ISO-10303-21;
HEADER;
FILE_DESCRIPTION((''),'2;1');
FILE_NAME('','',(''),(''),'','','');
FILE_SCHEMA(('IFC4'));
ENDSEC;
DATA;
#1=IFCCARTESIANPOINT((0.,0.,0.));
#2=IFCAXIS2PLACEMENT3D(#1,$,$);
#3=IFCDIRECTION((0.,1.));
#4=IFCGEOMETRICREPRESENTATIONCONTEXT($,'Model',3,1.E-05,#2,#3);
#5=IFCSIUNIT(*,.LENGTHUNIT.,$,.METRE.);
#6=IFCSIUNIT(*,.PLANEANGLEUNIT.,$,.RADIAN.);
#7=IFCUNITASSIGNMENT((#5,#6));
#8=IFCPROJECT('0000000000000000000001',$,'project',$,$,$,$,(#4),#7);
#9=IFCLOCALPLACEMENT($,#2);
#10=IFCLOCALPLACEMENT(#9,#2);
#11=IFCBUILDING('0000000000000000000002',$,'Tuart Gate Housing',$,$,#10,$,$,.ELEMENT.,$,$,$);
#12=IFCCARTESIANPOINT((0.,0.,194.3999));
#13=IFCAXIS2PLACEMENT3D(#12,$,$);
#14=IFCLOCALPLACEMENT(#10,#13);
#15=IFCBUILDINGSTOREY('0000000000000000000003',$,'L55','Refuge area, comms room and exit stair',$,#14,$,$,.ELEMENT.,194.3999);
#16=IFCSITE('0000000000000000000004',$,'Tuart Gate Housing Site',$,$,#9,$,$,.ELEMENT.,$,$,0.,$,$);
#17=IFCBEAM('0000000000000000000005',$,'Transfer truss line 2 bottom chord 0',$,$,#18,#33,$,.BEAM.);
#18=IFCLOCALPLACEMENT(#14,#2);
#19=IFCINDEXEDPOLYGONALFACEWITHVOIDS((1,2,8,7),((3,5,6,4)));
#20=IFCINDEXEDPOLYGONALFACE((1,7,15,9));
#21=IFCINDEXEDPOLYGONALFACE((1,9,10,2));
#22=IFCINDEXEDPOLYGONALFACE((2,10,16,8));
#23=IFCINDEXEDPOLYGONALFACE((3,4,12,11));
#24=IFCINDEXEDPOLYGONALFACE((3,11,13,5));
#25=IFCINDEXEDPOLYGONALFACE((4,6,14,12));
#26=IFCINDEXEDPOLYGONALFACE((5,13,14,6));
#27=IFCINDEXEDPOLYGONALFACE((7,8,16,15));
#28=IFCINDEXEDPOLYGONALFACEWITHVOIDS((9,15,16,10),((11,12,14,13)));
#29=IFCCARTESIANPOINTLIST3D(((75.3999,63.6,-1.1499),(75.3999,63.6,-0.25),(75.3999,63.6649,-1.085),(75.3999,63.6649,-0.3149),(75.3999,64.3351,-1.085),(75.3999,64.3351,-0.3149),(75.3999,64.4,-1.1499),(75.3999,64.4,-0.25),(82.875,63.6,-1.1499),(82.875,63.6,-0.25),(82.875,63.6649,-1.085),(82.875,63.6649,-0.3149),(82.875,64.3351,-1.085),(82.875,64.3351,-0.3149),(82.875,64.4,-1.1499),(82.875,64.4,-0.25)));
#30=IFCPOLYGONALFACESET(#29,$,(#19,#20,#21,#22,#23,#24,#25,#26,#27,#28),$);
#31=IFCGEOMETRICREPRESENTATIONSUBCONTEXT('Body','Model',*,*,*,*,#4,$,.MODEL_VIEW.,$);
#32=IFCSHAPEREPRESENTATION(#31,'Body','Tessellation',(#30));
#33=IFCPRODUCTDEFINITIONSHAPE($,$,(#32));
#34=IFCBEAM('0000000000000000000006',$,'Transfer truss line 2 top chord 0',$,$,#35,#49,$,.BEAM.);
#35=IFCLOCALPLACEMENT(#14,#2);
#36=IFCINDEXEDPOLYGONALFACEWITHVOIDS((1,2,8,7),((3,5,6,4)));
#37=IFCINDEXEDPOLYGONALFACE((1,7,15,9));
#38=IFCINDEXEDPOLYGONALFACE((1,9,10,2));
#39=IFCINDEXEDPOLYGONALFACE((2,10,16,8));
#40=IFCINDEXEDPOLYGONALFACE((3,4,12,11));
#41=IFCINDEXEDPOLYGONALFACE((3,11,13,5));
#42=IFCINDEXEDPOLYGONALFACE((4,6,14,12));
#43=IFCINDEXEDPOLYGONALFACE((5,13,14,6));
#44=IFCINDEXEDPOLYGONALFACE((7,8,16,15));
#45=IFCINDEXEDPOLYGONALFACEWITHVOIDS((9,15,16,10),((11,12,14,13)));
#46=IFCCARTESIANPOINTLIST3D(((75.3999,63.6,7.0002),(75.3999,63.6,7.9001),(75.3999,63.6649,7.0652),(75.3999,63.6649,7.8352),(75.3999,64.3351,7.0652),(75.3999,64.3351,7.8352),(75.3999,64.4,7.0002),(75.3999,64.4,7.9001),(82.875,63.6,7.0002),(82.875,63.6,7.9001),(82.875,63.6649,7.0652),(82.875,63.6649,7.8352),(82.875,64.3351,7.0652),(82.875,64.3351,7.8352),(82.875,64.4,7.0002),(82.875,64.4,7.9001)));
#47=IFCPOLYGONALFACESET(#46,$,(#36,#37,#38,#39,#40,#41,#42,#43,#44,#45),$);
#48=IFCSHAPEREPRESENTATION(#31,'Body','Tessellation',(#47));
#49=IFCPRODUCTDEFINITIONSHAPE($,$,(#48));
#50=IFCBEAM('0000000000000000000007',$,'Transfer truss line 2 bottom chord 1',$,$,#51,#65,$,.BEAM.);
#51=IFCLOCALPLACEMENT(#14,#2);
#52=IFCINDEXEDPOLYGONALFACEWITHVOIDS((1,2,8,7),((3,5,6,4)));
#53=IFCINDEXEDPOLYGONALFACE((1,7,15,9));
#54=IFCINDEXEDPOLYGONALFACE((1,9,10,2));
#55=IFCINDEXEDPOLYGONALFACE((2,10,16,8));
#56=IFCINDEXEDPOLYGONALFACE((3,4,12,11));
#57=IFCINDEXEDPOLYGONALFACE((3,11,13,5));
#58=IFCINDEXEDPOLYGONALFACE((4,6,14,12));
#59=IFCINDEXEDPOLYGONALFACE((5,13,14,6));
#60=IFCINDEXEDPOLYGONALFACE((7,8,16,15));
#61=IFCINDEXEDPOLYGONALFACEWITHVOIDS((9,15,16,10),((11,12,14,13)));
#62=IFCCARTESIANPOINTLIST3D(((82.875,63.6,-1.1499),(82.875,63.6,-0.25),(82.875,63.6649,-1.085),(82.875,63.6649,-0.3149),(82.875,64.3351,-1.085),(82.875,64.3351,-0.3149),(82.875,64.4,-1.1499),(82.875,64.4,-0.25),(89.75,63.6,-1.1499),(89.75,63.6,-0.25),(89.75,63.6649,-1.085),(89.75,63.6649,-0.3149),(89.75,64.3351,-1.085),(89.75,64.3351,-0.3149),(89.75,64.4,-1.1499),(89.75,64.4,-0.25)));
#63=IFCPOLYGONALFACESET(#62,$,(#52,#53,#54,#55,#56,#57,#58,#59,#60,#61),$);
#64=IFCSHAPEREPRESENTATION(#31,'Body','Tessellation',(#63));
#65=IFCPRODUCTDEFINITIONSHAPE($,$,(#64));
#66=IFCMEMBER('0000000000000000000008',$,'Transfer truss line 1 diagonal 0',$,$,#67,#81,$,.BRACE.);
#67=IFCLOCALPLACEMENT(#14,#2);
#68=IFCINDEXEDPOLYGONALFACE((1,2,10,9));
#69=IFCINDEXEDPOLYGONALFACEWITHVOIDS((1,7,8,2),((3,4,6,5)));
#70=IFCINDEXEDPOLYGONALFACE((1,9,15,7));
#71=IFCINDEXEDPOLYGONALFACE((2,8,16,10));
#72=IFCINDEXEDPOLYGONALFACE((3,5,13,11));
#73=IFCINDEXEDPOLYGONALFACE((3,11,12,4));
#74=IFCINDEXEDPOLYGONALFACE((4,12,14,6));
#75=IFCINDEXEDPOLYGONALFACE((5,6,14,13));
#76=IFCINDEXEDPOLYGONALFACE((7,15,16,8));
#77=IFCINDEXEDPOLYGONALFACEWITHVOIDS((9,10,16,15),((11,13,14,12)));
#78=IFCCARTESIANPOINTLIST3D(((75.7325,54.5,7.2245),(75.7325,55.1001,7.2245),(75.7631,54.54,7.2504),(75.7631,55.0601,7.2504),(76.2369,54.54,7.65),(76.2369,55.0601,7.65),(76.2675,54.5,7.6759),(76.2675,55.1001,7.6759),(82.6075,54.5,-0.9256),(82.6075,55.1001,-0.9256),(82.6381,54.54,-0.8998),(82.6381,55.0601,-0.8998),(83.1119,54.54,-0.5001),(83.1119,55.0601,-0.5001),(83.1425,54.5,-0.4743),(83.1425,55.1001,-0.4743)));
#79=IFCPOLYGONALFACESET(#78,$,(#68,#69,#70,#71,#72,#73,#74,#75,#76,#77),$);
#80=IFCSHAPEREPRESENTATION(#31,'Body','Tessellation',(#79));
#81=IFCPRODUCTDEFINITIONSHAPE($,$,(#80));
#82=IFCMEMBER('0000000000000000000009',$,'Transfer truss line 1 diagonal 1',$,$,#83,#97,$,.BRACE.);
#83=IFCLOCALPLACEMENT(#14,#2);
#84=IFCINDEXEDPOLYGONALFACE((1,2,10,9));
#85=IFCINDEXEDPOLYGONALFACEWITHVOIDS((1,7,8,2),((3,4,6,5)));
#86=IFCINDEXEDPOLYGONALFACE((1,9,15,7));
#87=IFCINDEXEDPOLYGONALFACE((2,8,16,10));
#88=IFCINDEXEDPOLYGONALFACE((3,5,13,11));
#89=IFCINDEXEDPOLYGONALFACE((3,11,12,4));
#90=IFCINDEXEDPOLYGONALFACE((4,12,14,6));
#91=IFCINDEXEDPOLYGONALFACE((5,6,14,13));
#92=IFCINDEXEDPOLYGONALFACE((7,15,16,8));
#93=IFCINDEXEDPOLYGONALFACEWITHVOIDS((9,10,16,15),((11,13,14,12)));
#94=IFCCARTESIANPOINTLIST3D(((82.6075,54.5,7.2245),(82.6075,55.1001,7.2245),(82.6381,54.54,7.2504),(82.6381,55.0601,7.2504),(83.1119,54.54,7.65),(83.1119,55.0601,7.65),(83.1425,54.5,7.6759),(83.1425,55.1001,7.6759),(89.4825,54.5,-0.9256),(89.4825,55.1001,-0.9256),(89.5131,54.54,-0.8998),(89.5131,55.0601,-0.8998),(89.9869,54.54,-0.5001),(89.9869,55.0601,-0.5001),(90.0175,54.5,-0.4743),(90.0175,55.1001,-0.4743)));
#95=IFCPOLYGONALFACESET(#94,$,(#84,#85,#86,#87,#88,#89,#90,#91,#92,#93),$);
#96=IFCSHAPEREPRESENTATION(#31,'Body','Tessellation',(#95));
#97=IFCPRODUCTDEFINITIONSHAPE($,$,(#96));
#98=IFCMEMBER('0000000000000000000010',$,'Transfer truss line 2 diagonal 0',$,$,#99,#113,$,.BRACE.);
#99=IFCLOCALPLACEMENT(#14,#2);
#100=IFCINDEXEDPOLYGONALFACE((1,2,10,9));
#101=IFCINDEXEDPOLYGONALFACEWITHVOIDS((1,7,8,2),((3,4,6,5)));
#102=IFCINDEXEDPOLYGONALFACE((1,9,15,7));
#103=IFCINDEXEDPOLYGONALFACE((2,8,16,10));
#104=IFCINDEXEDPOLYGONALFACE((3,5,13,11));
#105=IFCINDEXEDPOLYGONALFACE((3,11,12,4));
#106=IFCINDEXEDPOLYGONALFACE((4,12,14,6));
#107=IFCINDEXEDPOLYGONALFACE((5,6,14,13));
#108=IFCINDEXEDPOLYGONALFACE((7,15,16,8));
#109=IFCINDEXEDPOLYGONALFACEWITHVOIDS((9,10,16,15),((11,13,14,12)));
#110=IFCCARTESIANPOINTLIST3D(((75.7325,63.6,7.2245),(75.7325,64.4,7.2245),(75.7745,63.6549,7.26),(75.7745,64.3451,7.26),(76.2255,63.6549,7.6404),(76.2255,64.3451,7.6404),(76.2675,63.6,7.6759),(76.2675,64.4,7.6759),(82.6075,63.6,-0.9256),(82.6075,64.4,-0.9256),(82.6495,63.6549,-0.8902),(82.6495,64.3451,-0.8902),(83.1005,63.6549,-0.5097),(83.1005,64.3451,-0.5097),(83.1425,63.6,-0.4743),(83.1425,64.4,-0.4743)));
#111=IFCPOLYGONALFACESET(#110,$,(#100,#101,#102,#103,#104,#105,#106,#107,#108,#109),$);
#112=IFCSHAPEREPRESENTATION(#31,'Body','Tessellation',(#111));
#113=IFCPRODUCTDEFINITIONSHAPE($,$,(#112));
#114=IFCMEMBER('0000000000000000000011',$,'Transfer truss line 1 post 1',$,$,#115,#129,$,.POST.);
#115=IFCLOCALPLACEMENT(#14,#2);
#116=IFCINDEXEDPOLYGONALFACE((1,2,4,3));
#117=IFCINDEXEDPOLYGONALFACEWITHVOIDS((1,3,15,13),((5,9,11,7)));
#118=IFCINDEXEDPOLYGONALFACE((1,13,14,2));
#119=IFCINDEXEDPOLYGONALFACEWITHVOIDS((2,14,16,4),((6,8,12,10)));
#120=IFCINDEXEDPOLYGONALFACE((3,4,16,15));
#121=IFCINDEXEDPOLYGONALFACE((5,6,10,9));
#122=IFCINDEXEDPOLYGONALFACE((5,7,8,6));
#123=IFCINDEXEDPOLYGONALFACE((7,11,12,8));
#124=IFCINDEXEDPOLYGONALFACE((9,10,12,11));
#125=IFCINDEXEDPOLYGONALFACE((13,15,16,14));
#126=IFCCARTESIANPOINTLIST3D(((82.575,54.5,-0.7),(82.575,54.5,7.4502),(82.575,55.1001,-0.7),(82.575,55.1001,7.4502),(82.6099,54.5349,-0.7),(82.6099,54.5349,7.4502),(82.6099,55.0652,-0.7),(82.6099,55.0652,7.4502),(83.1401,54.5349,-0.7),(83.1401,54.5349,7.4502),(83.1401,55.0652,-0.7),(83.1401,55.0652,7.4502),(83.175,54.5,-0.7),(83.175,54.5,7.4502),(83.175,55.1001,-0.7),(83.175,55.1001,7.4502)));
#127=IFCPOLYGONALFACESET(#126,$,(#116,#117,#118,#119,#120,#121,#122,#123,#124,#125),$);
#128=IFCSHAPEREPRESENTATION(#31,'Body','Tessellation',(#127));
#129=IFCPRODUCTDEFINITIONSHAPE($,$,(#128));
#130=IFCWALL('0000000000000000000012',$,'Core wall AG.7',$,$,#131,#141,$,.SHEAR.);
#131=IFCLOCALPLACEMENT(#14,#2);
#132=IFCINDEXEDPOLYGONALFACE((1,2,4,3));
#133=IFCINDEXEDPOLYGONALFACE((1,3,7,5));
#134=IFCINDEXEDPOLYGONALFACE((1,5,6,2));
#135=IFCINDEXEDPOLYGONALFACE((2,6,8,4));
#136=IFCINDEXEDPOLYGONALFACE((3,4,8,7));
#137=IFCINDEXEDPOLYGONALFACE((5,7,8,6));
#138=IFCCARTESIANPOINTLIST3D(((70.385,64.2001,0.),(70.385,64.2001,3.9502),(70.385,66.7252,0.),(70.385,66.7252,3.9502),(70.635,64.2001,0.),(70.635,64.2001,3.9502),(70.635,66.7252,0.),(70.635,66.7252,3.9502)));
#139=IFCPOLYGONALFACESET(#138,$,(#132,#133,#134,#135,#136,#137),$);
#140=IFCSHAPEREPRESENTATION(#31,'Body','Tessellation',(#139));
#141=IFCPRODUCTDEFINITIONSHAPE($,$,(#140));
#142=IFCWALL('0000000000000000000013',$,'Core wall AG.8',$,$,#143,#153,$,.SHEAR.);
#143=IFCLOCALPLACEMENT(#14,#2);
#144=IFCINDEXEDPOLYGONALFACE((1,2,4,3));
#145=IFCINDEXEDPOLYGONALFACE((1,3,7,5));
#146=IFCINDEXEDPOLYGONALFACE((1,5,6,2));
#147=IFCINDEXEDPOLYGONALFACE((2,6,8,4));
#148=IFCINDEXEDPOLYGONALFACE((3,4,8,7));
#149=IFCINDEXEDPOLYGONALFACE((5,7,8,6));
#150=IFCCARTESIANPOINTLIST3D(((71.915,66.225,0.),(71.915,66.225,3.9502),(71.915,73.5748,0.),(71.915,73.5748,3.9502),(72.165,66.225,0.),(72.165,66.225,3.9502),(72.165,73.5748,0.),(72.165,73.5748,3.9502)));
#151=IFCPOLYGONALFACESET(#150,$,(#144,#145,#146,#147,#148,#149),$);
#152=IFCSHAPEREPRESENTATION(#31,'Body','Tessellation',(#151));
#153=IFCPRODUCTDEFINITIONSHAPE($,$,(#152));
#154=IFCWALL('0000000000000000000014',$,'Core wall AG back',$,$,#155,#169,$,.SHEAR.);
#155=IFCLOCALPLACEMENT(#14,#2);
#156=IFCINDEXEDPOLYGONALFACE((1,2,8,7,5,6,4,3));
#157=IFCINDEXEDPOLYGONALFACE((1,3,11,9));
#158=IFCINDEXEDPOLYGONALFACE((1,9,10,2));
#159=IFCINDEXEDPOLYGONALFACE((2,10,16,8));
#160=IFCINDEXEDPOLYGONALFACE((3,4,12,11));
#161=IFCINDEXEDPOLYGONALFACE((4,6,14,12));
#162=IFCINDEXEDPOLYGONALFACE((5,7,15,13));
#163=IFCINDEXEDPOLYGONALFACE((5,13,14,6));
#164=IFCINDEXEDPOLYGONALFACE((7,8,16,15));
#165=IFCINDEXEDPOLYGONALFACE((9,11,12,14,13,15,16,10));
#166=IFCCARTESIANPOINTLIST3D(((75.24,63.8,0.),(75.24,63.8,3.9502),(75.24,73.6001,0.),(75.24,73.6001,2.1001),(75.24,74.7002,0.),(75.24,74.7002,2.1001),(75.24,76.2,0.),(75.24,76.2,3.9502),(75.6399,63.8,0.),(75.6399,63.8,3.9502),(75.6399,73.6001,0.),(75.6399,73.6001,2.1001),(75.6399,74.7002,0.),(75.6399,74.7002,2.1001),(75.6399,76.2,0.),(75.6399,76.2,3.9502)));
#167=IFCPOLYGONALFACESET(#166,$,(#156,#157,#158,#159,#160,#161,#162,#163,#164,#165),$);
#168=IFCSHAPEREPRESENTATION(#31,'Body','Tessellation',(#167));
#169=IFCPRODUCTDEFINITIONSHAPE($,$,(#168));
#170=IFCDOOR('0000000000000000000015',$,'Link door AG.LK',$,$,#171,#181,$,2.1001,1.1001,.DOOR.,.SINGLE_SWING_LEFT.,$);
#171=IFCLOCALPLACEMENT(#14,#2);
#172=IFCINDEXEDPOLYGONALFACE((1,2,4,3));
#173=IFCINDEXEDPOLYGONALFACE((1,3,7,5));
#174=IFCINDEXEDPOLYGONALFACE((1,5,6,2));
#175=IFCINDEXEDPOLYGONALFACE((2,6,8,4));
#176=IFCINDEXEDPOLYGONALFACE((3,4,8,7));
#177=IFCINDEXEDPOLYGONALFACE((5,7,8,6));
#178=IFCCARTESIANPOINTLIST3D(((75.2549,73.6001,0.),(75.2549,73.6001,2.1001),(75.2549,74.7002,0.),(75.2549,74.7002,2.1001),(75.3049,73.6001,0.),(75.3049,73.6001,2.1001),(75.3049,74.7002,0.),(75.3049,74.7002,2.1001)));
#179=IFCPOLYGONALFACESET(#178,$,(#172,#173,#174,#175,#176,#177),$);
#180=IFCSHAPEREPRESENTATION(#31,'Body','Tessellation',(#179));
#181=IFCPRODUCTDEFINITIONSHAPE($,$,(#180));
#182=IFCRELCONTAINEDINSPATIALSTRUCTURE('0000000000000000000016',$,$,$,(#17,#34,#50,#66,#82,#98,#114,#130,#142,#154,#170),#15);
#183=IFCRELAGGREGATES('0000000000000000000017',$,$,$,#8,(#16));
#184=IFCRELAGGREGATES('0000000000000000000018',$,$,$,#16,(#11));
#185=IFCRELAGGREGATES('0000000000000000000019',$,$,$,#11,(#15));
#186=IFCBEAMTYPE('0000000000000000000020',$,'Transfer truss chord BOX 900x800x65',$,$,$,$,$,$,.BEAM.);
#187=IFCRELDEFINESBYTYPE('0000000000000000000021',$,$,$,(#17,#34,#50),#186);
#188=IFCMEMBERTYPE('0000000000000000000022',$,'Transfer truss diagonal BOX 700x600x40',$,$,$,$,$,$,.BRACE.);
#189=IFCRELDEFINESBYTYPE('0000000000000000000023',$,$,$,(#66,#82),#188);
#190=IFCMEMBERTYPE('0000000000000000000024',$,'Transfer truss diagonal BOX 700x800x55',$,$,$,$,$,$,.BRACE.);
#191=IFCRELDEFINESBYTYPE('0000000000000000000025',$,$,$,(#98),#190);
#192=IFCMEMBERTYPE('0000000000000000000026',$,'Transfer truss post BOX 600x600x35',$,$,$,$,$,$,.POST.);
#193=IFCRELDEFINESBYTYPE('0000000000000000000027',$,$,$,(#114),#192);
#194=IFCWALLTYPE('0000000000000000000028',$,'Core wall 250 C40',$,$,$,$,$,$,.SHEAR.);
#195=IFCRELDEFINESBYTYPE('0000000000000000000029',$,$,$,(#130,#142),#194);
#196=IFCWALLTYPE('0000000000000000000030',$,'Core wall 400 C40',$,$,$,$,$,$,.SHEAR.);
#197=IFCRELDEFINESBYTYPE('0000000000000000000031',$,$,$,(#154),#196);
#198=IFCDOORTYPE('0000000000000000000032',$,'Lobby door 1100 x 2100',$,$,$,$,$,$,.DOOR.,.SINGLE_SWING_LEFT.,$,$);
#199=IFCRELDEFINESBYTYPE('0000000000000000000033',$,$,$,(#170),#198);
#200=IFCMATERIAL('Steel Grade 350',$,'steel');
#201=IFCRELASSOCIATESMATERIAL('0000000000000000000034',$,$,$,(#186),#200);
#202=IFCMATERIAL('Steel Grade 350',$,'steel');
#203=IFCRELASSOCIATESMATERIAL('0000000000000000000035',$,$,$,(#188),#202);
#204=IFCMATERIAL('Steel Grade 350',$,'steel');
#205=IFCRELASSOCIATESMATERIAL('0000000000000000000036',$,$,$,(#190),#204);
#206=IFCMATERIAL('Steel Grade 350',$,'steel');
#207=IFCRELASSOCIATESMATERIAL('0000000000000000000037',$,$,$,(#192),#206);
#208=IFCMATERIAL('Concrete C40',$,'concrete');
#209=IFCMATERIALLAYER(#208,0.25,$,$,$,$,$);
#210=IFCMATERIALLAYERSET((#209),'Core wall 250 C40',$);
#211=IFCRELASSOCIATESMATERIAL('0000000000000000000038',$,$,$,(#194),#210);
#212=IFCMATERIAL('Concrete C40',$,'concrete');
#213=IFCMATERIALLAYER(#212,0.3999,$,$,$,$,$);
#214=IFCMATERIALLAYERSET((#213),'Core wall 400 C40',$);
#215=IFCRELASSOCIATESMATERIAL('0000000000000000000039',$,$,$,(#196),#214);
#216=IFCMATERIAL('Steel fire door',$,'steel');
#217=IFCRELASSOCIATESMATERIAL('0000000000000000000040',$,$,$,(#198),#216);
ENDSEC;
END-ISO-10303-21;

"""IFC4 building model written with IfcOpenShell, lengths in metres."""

from ifc_helpers import new_model, si_unit, direction, frame, frame_2d, origin, origin_2d, place, context, subcontext, project, spatial, rectangle, hollow_rectangle, extrude, material, layer, layer_set, material_profile, profile_set, type_object, element, fill, save


model = new_model("IFC4")

# Units and contexts
model_context = context("Model", 3, precision=1e-05, world=origin(), true_north=direction((0.0, 1.0)))
body_context = subcontext(model_context, "Body", "Model", "MODEL_VIEW")
ifc_project = project(units=[si_unit("LENGTHUNIT", "METRE"), si_unit("PLANEANGLEUNIT", "RADIAN")], contexts=[model_context])

# Site, building, storey
site_placement = place(None, origin())
site = spatial("IfcSite", under=ifc_project, at=site_placement, Name="Tuart Gate Housing Site", CompositionType="ELEMENT", RefElevation=0.0)
building_placement = place(site_placement, origin())
building = spatial("IfcBuilding", under=site, at=building_placement, Name="Tuart Gate Housing", CompositionType="ELEMENT")
storey_placement = place(building_placement, frame((0.0, 0.0, 194.3999)))
storey = spatial("IfcBuildingStorey", under=building, at=storey_placement, Name="L55", Description="Refuge area, comms room and exit stair", CompositionType="ELEMENT", Elevation=194.3999)

# Beams
ifc_material_1 = material(Name="Steel Grade 350", Category="steel")
ifc_material_profile_1 = material_profile(ifc_material_1, hollow_rectangle(XDim=0.8, YDim=0.8999, WallThickness=0.0649, at=origin_2d()), Name="BOX 900x800x65")
ifc_profile_set_1 = profile_set([ifc_material_profile_1], Name="Steel Grade 350")
beam_type_1 = type_object("IfcBeamType", Name="Transfer truss chord BOX 900x800x65", PredefinedType="BEAM", material=ifc_profile_set_1)
for number, where, z_axis, x_axis, name in (
    (1, (75.3999, 64.0, -0.7), (1.0, 0.0, 0.0), (0.0, 1.0, 0.0), "Transfer truss line 2 bottom chord 0"),
    (2, (75.3999, 64.0, 7.4502), (1.0, 0.0, 0.0), (0.0, 1.0, 0.0), "Transfer truss line 2 top chord 0"),
):
    element("IfcBeam", number, at=place(storey_placement, frame(where, z_axis=z_axis, x_axis=x_axis)), inside=storey, type_object=beam_type_1, Name=name, PredefinedType="BEAM", context=body_context, shape_type="SweptSolid", body=[
        extrude(hollow_rectangle(XDim=0.8, YDim=0.8999, WallThickness=0.0649, at=origin_2d()), origin(), (0.0, 0.0, 1.0), 7.4751),
    ])
beam_1_placement = place(storey_placement, frame((82.875, 64.0, -0.7), z_axis=(1.0, 0.0, 0.0), x_axis=(0.0, 1.0, 0.0)))
element("IfcBeam", 3, at=beam_1_placement, inside=storey, type_object=beam_type_1, Name="Transfer truss line 2 bottom chord 1", PredefinedType="BEAM", context=body_context, shape_type="SweptSolid", body=[
    extrude(hollow_rectangle(XDim=0.8, YDim=0.8999, WallThickness=0.0649, at=origin_2d()), origin(), (0.0, 0.0, 1.0), 6.875),
])

# Members
ifc_material_2 = material(Name="Steel Grade 350", Category="steel")
ifc_material_profile_2 = material_profile(ifc_material_2, hollow_rectangle(XDim=0.6001, YDim=0.7, WallThickness=0.04, at=origin_2d()), Name="BOX 700x600x40")
ifc_profile_set_2 = profile_set([ifc_material_profile_2], Name="Steel Grade 350")
member_type_1 = type_object("IfcMemberType", Name="Transfer truss diagonal BOX 700x600x40", PredefinedType="BRACE", material=ifc_profile_set_2)
for number, where, z_axis, x_axis, name in (
    (4, (76.0, 54.8, 7.4502), (0.644779, 0.0, -0.764369), (0.0, 1.0, 0.0), "Transfer truss line 1 diagonal 0"),
    (5, (82.875, 54.8, 7.4502), (0.644779, 0.0, -0.764369), (0.0, 1.0, 0.0), "Transfer truss line 1 diagonal 1"),
):
    element("IfcMember", number, at=place(storey_placement, frame(where, z_axis=z_axis, x_axis=x_axis)), inside=storey, type_object=member_type_1, Name=name, PredefinedType="BRACE", context=body_context, shape_type="SweptSolid", body=[
        extrude(hollow_rectangle(XDim=0.6001, YDim=0.7, WallThickness=0.04, at=origin_2d()), origin(), (0.0, 0.0, 1.0), 10.6626),
    ])
ifc_material_3 = material(Name="Steel Grade 350", Category="steel")
ifc_material_profile_3 = material_profile(ifc_material_3, hollow_rectangle(XDim=0.8, YDim=0.7, WallThickness=0.0549, at=origin_2d()), Name="BOX 700x800x55")
ifc_profile_set_3 = profile_set([ifc_material_profile_3], Name="Steel Grade 350")
member_type_2 = type_object("IfcMemberType", Name="Transfer truss diagonal BOX 700x800x55", PredefinedType="BRACE", material=ifc_profile_set_3)
member_1_placement = place(storey_placement, frame((76.0, 64.0, 7.4502), z_axis=(0.644779, 0.0, -0.764369), x_axis=(0.0, 1.0, 0.0)))
element("IfcMember", 6, at=member_1_placement, inside=storey, type_object=member_type_2, Name="Transfer truss line 2 diagonal 0", PredefinedType="BRACE", context=body_context, shape_type="SweptSolid", body=[
    extrude(hollow_rectangle(XDim=0.8, YDim=0.7, WallThickness=0.0549, at=origin_2d()), origin(), (0.0, 0.0, 1.0), 10.6626),
])
ifc_material_4 = material(Name="Steel Grade 350", Category="steel")
ifc_material_profile_4 = material_profile(ifc_material_4, hollow_rectangle(XDim=0.6001, YDim=0.6001, WallThickness=0.0349, at=origin_2d()), Name="BOX 600x600x35")
ifc_profile_set_4 = profile_set([ifc_material_profile_4], Name="Steel Grade 350")
member_type_3 = type_object("IfcMemberType", Name="Transfer truss post BOX 600x600x35", PredefinedType="POST", material=ifc_profile_set_4)
member_2_placement = place(storey_placement, frame((82.875, 54.8, -0.7), z_axis=(0.0, 0.0, 1.0), x_axis=(1.0, 0.0, 0.0)))
element("IfcMember", 7, at=member_2_placement, inside=storey, type_object=member_type_3, Name="Transfer truss line 1 post 1", PredefinedType="POST", context=body_context, shape_type="SweptSolid", body=[
    extrude(hollow_rectangle(XDim=0.6001, YDim=0.6001, WallThickness=0.0349, at=origin_2d()), origin(), (0.0, 0.0, 1.0), 8.1501),
])

# Walls
ifc_material_5 = material(Name="Concrete C40", Category="concrete")
ifc_layer_1 = layer(ifc_material_5, 0.25)
ifc_layer_set_1 = layer_set([ifc_layer_1], Name="Core wall 250 C40")
wall_type_1 = type_object("IfcWallType", Name="Core wall 250 C40", PredefinedType="SHEAR", material=ifc_layer_set_1)
wall_1_placement = place(storey_placement, frame((70.51, 64.2, 0.0), z_axis=(0.0, 0.0, 1.0), x_axis=(0.0, 1.0, 0.0)))
element("IfcWall", 8, at=wall_1_placement, inside=storey, type_object=wall_type_1, Name="Core wall AG.7", PredefinedType="SHEAR", context=body_context, shape_type="SweptSolid", body=[
    extrude(rectangle(XDim=2.5251, YDim=0.25, at=frame_2d((1.2627, 0.0))), origin(), (0.0, 0.0, 1.0), 3.9502),
])
wall_2_placement = place(storey_placement, frame((72.04, 66.2251, 0.0), z_axis=(0.0, 0.0, 1.0), x_axis=(0.0, 1.0, 0.0)))
element("IfcWall", 9, at=wall_2_placement, inside=storey, type_object=wall_type_1, Name="Core wall AG.8", PredefinedType="SHEAR", context=body_context, shape_type="SweptSolid", body=[
    extrude(rectangle(XDim=7.3499, YDim=0.25, at=frame_2d((3.6748, 0.0))), origin(), (0.0, 0.0, 1.0), 3.9502),
])

# Wall, opening, door
ifc_material_6 = material(Name="Concrete C40", Category="concrete")
ifc_layer_2 = layer(ifc_material_6, 0.3999)
ifc_layer_set_2 = layer_set([ifc_layer_2], Name="Core wall 400 C40")
wall_type_2 = type_object("IfcWallType", Name="Core wall 400 C40", PredefinedType="SHEAR", material=ifc_layer_set_2)
wall_3_placement = place(storey_placement, frame((75.4399, 63.8, 0.0), z_axis=(0.0, 0.0, 1.0), x_axis=(0.0, 1.0, 0.0)))
wall_3 = element("IfcWall", 10, at=wall_3_placement, inside=storey, type_object=wall_type_2, Name="Core wall AG back", PredefinedType="SHEAR", context=body_context, shape_type="SweptSolid", body=[
    extrude(rectangle(XDim=12.3999, YDim=0.3999, at=frame_2d((6.2, 0.0))), origin(), (0.0, 0.0, 1.0), 3.9502),
])
opening_placement = place(wall_3_placement, frame((9.8, 0.0, 0.0)))
opening = element("IfcOpeningElement", 11, at=opening_placement, cuts=wall_3, PredefinedType="OPENING", context=body_context, shape_type="SweptSolid", body=[
    extrude(rectangle(XDim=1.1001, YDim=2.1001, at=frame_2d((0.55, 1.05))), frame((0.0, 0.21, 0.0), z_axis=(0.0, -1.0, 0.0), x_axis=(1.0, 0.0, 0.0)), (0.0, 0.0, 1.0), 0.4199),
])
ifc_material_7 = material(Name="Steel fire door", Category="steel")
door_type = type_object("IfcDoorType", Name="Lobby door 1100 x 2100", OperationType="SINGLE_SWING_LEFT", PredefinedType="DOOR", material=ifc_material_7)
door_placement = place(opening_placement, origin())
door = element("IfcDoor", 12, at=door_placement, inside=storey, type_object=door_type, Name="Link door AG.LK", OperationType="SINGLE_SWING_LEFT", OverallHeight=2.1001, OverallWidth=1.1001, PredefinedType="DOOR", context=body_context, shape_type="SweptSolid", body=[
    extrude(rectangle(XDim=1.1001, YDim=2.1001, at=frame_2d((0.55, 1.05))), frame((0.0, 0.1851, 0.0), z_axis=(0.0, -1.0, 0.0), x_axis=(1.0, 0.0, 0.0)), (0.0, 0.0, 1.0), 0.05),
])
fill(opening, door)

save(model, "model.ifc")
